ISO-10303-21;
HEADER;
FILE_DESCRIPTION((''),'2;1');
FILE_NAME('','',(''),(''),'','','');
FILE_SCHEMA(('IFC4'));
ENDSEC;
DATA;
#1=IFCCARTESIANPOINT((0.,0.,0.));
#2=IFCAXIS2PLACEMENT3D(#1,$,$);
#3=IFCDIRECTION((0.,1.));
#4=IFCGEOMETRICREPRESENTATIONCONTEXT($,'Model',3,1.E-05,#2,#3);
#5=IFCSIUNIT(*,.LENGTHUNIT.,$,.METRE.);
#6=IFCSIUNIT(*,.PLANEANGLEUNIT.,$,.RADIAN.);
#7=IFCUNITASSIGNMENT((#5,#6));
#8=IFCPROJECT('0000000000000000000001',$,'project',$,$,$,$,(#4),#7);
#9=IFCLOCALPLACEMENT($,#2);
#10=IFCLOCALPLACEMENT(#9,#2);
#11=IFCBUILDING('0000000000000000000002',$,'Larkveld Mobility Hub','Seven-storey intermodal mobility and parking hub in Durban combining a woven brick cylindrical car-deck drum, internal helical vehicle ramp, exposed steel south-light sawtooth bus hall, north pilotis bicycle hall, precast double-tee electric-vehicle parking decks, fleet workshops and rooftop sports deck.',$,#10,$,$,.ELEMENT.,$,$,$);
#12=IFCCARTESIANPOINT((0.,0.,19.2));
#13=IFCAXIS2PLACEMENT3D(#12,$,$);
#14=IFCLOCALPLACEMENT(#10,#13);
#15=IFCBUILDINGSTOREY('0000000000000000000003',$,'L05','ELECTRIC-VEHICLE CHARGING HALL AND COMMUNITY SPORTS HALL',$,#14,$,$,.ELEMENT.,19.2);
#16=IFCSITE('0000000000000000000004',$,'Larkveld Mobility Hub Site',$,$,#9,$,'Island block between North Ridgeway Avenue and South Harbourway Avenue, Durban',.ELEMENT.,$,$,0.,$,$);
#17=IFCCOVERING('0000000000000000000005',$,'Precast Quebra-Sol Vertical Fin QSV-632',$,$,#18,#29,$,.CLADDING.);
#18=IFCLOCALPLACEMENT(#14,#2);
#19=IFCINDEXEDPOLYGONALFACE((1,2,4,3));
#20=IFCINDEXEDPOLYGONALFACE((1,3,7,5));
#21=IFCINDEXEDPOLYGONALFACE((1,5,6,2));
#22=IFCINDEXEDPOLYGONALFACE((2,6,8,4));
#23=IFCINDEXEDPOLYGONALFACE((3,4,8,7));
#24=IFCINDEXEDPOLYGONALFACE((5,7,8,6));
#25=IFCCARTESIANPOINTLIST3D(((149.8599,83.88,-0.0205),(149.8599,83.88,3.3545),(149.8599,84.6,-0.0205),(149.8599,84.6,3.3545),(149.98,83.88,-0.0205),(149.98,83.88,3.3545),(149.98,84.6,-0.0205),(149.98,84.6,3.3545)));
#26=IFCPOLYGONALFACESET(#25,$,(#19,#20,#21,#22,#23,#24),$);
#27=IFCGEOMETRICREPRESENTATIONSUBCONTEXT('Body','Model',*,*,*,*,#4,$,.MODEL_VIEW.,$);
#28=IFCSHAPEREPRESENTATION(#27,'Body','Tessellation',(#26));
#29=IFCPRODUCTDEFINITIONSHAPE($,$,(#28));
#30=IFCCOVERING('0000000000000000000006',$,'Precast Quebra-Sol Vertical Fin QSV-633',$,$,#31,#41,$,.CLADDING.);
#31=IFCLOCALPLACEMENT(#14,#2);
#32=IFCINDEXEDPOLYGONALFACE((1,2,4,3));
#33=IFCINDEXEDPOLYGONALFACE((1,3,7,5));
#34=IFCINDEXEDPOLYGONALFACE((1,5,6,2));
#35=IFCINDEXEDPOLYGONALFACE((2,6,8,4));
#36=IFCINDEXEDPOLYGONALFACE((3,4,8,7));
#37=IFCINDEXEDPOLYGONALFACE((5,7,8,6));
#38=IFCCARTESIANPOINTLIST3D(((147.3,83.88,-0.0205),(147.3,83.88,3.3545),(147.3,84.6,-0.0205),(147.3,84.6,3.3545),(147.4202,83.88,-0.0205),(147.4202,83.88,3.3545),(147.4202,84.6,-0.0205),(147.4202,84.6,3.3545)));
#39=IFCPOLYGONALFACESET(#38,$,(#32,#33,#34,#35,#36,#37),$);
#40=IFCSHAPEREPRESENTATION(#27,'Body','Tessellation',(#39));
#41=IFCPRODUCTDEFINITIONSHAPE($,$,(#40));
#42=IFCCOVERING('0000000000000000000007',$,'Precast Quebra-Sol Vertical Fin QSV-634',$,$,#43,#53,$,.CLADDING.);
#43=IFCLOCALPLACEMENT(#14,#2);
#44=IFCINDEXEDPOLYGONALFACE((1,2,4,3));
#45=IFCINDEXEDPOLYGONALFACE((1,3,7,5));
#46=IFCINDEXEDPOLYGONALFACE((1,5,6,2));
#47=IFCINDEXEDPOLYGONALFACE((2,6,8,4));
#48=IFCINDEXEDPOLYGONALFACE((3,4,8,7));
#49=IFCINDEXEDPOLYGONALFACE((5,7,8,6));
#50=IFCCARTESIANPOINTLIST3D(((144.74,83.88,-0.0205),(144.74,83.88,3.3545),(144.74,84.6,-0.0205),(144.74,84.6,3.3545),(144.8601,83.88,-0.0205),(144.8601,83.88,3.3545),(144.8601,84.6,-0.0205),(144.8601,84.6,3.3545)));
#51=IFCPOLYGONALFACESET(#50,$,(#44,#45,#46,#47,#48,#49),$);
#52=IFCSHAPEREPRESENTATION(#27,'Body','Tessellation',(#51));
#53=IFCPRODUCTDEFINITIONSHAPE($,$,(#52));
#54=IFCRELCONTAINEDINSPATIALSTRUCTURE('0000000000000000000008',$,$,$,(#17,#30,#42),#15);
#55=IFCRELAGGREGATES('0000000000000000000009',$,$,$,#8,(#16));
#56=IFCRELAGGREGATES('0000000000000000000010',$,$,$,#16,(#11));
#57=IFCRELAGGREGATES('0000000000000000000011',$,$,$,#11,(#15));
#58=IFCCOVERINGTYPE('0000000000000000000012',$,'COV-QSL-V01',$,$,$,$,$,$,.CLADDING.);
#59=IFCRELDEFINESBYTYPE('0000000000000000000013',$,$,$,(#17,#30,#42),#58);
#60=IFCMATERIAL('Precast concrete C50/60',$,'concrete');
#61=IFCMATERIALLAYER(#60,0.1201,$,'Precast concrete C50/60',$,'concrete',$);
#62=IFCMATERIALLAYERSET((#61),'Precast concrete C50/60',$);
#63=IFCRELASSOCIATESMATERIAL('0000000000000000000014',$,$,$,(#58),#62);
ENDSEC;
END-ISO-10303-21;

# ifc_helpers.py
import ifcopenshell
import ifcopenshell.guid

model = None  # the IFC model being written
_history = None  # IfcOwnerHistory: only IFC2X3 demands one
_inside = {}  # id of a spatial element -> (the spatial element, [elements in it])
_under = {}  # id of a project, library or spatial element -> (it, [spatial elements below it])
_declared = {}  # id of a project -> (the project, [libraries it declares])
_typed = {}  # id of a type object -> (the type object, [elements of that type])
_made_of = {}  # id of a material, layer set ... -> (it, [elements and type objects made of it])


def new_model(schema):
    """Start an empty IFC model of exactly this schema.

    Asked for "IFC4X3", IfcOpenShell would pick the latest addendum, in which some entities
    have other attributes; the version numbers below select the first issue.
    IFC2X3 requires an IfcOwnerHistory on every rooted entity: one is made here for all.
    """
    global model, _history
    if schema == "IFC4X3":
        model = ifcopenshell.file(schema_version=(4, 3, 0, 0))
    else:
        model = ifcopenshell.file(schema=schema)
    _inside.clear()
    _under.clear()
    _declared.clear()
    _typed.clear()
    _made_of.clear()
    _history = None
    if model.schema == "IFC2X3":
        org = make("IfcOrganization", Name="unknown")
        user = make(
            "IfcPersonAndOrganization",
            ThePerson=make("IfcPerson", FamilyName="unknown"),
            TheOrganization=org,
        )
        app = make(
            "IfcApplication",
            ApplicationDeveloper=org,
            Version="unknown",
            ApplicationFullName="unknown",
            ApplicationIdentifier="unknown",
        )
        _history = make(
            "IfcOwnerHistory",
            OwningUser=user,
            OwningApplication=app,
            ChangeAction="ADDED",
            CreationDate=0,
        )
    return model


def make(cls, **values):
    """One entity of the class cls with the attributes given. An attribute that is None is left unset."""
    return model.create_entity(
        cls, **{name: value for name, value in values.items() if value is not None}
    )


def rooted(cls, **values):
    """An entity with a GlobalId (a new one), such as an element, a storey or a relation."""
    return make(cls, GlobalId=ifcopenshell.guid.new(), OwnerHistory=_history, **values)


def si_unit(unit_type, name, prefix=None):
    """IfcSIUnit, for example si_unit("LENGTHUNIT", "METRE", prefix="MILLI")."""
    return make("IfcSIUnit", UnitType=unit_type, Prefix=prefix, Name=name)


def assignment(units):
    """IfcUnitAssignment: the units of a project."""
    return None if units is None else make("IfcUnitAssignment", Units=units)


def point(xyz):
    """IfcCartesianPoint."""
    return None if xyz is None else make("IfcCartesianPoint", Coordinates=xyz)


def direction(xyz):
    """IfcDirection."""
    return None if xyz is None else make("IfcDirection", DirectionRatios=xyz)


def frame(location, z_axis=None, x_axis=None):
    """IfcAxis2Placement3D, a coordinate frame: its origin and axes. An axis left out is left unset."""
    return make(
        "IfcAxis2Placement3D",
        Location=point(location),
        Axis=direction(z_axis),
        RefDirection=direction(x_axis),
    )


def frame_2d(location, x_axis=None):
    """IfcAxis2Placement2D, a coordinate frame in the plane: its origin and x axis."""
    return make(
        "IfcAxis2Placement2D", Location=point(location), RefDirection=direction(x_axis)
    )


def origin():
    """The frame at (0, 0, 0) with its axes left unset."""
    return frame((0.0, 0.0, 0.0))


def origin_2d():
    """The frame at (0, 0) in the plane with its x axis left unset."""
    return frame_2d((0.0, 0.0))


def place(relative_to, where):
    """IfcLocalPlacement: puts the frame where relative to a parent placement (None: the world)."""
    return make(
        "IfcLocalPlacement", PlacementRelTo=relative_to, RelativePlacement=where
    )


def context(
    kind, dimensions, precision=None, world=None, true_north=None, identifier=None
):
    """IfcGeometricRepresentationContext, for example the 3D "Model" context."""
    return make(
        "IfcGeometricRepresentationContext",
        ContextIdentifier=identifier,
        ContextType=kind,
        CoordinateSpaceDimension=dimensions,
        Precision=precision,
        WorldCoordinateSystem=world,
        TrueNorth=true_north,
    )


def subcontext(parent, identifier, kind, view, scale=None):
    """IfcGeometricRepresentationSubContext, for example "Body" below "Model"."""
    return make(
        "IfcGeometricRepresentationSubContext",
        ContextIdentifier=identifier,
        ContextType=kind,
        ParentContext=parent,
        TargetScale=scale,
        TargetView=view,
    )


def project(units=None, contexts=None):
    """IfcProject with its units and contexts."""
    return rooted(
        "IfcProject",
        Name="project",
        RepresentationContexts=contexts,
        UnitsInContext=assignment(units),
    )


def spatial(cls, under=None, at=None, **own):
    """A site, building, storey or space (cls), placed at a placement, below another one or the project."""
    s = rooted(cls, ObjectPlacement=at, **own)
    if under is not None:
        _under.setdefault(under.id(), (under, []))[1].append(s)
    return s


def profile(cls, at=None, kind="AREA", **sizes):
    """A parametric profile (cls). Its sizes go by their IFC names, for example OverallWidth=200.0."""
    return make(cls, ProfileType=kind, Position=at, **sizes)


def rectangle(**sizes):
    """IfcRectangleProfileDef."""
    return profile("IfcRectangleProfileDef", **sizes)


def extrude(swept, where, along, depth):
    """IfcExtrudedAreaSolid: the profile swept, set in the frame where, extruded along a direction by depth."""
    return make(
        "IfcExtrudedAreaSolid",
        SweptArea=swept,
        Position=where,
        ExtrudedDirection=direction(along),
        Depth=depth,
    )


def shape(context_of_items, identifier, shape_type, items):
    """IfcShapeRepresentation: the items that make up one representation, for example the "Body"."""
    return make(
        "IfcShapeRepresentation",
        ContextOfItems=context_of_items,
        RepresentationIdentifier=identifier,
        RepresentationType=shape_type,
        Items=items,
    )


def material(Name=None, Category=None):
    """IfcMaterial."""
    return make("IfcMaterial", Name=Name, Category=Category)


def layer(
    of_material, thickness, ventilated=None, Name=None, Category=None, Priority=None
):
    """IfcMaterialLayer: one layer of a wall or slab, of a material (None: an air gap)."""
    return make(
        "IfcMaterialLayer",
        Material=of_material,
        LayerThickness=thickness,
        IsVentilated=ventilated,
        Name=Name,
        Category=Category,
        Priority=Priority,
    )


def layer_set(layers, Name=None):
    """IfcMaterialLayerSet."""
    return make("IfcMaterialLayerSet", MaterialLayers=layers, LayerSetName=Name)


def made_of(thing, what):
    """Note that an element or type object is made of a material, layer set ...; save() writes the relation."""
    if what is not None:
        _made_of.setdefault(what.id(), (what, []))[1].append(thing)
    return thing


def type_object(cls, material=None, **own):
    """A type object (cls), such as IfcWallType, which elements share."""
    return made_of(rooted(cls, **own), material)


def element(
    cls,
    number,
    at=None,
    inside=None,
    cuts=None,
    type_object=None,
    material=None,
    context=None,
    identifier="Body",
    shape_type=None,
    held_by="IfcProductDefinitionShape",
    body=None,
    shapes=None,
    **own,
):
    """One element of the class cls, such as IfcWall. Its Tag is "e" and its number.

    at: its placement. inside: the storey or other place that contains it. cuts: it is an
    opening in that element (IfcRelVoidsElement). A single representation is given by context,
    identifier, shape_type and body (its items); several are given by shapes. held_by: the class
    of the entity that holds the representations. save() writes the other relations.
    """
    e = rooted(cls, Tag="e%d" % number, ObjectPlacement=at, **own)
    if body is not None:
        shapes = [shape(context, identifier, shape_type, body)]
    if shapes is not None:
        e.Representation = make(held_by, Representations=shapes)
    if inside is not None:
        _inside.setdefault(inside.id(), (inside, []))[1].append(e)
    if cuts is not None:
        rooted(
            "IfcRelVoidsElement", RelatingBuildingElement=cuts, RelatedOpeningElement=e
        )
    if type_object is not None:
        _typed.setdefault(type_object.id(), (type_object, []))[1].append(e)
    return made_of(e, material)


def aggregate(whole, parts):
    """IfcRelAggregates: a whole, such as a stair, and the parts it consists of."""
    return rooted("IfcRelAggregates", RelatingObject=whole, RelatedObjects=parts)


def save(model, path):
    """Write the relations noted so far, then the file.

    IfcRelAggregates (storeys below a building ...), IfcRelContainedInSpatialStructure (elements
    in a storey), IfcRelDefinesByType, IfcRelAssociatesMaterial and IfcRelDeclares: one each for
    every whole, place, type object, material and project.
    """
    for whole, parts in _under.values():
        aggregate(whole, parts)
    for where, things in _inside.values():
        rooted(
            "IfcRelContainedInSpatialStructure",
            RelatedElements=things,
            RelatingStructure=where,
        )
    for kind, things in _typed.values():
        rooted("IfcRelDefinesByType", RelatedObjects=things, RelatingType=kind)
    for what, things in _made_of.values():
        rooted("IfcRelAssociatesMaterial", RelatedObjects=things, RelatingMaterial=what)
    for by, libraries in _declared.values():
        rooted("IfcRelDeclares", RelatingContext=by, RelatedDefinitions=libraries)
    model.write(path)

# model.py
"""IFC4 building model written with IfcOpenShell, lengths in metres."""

from ifc_helpers import new_model, si_unit, direction, frame, origin, origin_2d, place, context, subcontext, project, spatial, rectangle, extrude, material, layer, layer_set, type_object, element, save


model = new_model("IFC4")

# Units and contexts
model_context = context("Model", 3, precision=1e-05, world=origin(), true_north=direction((0.0, 1.0)))
body_context = subcontext(model_context, "Body", "Model", "MODEL_VIEW")
ifc_project = project(units=[si_unit("LENGTHUNIT", "METRE"), si_unit("PLANEANGLEUNIT", "RADIAN")], contexts=[model_context])

# Site, building, storey
site_placement = place(None, origin())
site = spatial("IfcSite", under=ifc_project, at=site_placement, Name="Larkveld Mobility Hub Site", LongName="Island block between North Ridgeway Avenue and South Harbourway Avenue, Durban", CompositionType="ELEMENT", RefElevation=0.0)
building_placement = place(site_placement, origin())
building = spatial("IfcBuilding", under=site, at=building_placement, Name="Larkveld Mobility Hub", Description="Seven-storey intermodal mobility and parking hub in Durban combining a woven brick cylindrical car-deck drum, internal helical vehicle ramp, exposed steel south-light sawtooth bus hall, north pilotis bicycle hall, precast double-tee electric-vehicle parking decks, fleet workshops and rooftop sports deck.", CompositionType="ELEMENT")
storey_placement = place(building_placement, frame((0.0, 0.0, 19.2)))
storey = spatial("IfcBuildingStorey", under=building, at=storey_placement, Name="L05", Description="ELECTRIC-VEHICLE CHARGING HALL AND COMMUNITY SPORTS HALL", CompositionType="ELEMENT", Elevation=19.2)

# Shared definitions
ifc_material_1 = material(Name="Precast concrete C50/60", Category="concrete")

# Coverings
ifc_layer_1 = layer(ifc_material_1, 0.1201, Name="Precast concrete C50/60", Category="concrete")
ifc_layer_set_1 = layer_set([ifc_layer_1], Name="Precast concrete C50/60")
covering_type = type_object("IfcCoveringType", Name="COV-QSL-V01", PredefinedType="CLADDING", material=ifc_layer_set_1)
for number, where, z_axis, x_axis, name in (
    (1, (149.9199, 84.24, -0.0205), (0.0, 0.0, 1.0), (-1.0, 0.0, 0.0), "Precast Quebra-Sol Vertical Fin QSV-632"),
    (2, (147.3601, 84.24, -0.0205), (0.0, 0.0, 1.0), (-1.0, 0.0, 0.0), "Precast Quebra-Sol Vertical Fin QSV-633"),
    (3, (144.8, 84.24, -0.0205), (0.0, 0.0, 1.0), (-1.0, 0.0, 0.0), "Precast Quebra-Sol Vertical Fin QSV-634"),
):
    element("IfcCovering", number, at=place(storey_placement, frame(where, z_axis=z_axis, x_axis=x_axis)), inside=storey, type_object=covering_type, Name=name, PredefinedType="CLADDING", context=body_context, shape_type="SweptSolid", body=[
        extrude(rectangle(XDim=0.1201, YDim=0.72, at=origin_2d()), origin(), (0.0, 0.0, 1.0), 3.375),
    ])

save(model, "model.ifc")
